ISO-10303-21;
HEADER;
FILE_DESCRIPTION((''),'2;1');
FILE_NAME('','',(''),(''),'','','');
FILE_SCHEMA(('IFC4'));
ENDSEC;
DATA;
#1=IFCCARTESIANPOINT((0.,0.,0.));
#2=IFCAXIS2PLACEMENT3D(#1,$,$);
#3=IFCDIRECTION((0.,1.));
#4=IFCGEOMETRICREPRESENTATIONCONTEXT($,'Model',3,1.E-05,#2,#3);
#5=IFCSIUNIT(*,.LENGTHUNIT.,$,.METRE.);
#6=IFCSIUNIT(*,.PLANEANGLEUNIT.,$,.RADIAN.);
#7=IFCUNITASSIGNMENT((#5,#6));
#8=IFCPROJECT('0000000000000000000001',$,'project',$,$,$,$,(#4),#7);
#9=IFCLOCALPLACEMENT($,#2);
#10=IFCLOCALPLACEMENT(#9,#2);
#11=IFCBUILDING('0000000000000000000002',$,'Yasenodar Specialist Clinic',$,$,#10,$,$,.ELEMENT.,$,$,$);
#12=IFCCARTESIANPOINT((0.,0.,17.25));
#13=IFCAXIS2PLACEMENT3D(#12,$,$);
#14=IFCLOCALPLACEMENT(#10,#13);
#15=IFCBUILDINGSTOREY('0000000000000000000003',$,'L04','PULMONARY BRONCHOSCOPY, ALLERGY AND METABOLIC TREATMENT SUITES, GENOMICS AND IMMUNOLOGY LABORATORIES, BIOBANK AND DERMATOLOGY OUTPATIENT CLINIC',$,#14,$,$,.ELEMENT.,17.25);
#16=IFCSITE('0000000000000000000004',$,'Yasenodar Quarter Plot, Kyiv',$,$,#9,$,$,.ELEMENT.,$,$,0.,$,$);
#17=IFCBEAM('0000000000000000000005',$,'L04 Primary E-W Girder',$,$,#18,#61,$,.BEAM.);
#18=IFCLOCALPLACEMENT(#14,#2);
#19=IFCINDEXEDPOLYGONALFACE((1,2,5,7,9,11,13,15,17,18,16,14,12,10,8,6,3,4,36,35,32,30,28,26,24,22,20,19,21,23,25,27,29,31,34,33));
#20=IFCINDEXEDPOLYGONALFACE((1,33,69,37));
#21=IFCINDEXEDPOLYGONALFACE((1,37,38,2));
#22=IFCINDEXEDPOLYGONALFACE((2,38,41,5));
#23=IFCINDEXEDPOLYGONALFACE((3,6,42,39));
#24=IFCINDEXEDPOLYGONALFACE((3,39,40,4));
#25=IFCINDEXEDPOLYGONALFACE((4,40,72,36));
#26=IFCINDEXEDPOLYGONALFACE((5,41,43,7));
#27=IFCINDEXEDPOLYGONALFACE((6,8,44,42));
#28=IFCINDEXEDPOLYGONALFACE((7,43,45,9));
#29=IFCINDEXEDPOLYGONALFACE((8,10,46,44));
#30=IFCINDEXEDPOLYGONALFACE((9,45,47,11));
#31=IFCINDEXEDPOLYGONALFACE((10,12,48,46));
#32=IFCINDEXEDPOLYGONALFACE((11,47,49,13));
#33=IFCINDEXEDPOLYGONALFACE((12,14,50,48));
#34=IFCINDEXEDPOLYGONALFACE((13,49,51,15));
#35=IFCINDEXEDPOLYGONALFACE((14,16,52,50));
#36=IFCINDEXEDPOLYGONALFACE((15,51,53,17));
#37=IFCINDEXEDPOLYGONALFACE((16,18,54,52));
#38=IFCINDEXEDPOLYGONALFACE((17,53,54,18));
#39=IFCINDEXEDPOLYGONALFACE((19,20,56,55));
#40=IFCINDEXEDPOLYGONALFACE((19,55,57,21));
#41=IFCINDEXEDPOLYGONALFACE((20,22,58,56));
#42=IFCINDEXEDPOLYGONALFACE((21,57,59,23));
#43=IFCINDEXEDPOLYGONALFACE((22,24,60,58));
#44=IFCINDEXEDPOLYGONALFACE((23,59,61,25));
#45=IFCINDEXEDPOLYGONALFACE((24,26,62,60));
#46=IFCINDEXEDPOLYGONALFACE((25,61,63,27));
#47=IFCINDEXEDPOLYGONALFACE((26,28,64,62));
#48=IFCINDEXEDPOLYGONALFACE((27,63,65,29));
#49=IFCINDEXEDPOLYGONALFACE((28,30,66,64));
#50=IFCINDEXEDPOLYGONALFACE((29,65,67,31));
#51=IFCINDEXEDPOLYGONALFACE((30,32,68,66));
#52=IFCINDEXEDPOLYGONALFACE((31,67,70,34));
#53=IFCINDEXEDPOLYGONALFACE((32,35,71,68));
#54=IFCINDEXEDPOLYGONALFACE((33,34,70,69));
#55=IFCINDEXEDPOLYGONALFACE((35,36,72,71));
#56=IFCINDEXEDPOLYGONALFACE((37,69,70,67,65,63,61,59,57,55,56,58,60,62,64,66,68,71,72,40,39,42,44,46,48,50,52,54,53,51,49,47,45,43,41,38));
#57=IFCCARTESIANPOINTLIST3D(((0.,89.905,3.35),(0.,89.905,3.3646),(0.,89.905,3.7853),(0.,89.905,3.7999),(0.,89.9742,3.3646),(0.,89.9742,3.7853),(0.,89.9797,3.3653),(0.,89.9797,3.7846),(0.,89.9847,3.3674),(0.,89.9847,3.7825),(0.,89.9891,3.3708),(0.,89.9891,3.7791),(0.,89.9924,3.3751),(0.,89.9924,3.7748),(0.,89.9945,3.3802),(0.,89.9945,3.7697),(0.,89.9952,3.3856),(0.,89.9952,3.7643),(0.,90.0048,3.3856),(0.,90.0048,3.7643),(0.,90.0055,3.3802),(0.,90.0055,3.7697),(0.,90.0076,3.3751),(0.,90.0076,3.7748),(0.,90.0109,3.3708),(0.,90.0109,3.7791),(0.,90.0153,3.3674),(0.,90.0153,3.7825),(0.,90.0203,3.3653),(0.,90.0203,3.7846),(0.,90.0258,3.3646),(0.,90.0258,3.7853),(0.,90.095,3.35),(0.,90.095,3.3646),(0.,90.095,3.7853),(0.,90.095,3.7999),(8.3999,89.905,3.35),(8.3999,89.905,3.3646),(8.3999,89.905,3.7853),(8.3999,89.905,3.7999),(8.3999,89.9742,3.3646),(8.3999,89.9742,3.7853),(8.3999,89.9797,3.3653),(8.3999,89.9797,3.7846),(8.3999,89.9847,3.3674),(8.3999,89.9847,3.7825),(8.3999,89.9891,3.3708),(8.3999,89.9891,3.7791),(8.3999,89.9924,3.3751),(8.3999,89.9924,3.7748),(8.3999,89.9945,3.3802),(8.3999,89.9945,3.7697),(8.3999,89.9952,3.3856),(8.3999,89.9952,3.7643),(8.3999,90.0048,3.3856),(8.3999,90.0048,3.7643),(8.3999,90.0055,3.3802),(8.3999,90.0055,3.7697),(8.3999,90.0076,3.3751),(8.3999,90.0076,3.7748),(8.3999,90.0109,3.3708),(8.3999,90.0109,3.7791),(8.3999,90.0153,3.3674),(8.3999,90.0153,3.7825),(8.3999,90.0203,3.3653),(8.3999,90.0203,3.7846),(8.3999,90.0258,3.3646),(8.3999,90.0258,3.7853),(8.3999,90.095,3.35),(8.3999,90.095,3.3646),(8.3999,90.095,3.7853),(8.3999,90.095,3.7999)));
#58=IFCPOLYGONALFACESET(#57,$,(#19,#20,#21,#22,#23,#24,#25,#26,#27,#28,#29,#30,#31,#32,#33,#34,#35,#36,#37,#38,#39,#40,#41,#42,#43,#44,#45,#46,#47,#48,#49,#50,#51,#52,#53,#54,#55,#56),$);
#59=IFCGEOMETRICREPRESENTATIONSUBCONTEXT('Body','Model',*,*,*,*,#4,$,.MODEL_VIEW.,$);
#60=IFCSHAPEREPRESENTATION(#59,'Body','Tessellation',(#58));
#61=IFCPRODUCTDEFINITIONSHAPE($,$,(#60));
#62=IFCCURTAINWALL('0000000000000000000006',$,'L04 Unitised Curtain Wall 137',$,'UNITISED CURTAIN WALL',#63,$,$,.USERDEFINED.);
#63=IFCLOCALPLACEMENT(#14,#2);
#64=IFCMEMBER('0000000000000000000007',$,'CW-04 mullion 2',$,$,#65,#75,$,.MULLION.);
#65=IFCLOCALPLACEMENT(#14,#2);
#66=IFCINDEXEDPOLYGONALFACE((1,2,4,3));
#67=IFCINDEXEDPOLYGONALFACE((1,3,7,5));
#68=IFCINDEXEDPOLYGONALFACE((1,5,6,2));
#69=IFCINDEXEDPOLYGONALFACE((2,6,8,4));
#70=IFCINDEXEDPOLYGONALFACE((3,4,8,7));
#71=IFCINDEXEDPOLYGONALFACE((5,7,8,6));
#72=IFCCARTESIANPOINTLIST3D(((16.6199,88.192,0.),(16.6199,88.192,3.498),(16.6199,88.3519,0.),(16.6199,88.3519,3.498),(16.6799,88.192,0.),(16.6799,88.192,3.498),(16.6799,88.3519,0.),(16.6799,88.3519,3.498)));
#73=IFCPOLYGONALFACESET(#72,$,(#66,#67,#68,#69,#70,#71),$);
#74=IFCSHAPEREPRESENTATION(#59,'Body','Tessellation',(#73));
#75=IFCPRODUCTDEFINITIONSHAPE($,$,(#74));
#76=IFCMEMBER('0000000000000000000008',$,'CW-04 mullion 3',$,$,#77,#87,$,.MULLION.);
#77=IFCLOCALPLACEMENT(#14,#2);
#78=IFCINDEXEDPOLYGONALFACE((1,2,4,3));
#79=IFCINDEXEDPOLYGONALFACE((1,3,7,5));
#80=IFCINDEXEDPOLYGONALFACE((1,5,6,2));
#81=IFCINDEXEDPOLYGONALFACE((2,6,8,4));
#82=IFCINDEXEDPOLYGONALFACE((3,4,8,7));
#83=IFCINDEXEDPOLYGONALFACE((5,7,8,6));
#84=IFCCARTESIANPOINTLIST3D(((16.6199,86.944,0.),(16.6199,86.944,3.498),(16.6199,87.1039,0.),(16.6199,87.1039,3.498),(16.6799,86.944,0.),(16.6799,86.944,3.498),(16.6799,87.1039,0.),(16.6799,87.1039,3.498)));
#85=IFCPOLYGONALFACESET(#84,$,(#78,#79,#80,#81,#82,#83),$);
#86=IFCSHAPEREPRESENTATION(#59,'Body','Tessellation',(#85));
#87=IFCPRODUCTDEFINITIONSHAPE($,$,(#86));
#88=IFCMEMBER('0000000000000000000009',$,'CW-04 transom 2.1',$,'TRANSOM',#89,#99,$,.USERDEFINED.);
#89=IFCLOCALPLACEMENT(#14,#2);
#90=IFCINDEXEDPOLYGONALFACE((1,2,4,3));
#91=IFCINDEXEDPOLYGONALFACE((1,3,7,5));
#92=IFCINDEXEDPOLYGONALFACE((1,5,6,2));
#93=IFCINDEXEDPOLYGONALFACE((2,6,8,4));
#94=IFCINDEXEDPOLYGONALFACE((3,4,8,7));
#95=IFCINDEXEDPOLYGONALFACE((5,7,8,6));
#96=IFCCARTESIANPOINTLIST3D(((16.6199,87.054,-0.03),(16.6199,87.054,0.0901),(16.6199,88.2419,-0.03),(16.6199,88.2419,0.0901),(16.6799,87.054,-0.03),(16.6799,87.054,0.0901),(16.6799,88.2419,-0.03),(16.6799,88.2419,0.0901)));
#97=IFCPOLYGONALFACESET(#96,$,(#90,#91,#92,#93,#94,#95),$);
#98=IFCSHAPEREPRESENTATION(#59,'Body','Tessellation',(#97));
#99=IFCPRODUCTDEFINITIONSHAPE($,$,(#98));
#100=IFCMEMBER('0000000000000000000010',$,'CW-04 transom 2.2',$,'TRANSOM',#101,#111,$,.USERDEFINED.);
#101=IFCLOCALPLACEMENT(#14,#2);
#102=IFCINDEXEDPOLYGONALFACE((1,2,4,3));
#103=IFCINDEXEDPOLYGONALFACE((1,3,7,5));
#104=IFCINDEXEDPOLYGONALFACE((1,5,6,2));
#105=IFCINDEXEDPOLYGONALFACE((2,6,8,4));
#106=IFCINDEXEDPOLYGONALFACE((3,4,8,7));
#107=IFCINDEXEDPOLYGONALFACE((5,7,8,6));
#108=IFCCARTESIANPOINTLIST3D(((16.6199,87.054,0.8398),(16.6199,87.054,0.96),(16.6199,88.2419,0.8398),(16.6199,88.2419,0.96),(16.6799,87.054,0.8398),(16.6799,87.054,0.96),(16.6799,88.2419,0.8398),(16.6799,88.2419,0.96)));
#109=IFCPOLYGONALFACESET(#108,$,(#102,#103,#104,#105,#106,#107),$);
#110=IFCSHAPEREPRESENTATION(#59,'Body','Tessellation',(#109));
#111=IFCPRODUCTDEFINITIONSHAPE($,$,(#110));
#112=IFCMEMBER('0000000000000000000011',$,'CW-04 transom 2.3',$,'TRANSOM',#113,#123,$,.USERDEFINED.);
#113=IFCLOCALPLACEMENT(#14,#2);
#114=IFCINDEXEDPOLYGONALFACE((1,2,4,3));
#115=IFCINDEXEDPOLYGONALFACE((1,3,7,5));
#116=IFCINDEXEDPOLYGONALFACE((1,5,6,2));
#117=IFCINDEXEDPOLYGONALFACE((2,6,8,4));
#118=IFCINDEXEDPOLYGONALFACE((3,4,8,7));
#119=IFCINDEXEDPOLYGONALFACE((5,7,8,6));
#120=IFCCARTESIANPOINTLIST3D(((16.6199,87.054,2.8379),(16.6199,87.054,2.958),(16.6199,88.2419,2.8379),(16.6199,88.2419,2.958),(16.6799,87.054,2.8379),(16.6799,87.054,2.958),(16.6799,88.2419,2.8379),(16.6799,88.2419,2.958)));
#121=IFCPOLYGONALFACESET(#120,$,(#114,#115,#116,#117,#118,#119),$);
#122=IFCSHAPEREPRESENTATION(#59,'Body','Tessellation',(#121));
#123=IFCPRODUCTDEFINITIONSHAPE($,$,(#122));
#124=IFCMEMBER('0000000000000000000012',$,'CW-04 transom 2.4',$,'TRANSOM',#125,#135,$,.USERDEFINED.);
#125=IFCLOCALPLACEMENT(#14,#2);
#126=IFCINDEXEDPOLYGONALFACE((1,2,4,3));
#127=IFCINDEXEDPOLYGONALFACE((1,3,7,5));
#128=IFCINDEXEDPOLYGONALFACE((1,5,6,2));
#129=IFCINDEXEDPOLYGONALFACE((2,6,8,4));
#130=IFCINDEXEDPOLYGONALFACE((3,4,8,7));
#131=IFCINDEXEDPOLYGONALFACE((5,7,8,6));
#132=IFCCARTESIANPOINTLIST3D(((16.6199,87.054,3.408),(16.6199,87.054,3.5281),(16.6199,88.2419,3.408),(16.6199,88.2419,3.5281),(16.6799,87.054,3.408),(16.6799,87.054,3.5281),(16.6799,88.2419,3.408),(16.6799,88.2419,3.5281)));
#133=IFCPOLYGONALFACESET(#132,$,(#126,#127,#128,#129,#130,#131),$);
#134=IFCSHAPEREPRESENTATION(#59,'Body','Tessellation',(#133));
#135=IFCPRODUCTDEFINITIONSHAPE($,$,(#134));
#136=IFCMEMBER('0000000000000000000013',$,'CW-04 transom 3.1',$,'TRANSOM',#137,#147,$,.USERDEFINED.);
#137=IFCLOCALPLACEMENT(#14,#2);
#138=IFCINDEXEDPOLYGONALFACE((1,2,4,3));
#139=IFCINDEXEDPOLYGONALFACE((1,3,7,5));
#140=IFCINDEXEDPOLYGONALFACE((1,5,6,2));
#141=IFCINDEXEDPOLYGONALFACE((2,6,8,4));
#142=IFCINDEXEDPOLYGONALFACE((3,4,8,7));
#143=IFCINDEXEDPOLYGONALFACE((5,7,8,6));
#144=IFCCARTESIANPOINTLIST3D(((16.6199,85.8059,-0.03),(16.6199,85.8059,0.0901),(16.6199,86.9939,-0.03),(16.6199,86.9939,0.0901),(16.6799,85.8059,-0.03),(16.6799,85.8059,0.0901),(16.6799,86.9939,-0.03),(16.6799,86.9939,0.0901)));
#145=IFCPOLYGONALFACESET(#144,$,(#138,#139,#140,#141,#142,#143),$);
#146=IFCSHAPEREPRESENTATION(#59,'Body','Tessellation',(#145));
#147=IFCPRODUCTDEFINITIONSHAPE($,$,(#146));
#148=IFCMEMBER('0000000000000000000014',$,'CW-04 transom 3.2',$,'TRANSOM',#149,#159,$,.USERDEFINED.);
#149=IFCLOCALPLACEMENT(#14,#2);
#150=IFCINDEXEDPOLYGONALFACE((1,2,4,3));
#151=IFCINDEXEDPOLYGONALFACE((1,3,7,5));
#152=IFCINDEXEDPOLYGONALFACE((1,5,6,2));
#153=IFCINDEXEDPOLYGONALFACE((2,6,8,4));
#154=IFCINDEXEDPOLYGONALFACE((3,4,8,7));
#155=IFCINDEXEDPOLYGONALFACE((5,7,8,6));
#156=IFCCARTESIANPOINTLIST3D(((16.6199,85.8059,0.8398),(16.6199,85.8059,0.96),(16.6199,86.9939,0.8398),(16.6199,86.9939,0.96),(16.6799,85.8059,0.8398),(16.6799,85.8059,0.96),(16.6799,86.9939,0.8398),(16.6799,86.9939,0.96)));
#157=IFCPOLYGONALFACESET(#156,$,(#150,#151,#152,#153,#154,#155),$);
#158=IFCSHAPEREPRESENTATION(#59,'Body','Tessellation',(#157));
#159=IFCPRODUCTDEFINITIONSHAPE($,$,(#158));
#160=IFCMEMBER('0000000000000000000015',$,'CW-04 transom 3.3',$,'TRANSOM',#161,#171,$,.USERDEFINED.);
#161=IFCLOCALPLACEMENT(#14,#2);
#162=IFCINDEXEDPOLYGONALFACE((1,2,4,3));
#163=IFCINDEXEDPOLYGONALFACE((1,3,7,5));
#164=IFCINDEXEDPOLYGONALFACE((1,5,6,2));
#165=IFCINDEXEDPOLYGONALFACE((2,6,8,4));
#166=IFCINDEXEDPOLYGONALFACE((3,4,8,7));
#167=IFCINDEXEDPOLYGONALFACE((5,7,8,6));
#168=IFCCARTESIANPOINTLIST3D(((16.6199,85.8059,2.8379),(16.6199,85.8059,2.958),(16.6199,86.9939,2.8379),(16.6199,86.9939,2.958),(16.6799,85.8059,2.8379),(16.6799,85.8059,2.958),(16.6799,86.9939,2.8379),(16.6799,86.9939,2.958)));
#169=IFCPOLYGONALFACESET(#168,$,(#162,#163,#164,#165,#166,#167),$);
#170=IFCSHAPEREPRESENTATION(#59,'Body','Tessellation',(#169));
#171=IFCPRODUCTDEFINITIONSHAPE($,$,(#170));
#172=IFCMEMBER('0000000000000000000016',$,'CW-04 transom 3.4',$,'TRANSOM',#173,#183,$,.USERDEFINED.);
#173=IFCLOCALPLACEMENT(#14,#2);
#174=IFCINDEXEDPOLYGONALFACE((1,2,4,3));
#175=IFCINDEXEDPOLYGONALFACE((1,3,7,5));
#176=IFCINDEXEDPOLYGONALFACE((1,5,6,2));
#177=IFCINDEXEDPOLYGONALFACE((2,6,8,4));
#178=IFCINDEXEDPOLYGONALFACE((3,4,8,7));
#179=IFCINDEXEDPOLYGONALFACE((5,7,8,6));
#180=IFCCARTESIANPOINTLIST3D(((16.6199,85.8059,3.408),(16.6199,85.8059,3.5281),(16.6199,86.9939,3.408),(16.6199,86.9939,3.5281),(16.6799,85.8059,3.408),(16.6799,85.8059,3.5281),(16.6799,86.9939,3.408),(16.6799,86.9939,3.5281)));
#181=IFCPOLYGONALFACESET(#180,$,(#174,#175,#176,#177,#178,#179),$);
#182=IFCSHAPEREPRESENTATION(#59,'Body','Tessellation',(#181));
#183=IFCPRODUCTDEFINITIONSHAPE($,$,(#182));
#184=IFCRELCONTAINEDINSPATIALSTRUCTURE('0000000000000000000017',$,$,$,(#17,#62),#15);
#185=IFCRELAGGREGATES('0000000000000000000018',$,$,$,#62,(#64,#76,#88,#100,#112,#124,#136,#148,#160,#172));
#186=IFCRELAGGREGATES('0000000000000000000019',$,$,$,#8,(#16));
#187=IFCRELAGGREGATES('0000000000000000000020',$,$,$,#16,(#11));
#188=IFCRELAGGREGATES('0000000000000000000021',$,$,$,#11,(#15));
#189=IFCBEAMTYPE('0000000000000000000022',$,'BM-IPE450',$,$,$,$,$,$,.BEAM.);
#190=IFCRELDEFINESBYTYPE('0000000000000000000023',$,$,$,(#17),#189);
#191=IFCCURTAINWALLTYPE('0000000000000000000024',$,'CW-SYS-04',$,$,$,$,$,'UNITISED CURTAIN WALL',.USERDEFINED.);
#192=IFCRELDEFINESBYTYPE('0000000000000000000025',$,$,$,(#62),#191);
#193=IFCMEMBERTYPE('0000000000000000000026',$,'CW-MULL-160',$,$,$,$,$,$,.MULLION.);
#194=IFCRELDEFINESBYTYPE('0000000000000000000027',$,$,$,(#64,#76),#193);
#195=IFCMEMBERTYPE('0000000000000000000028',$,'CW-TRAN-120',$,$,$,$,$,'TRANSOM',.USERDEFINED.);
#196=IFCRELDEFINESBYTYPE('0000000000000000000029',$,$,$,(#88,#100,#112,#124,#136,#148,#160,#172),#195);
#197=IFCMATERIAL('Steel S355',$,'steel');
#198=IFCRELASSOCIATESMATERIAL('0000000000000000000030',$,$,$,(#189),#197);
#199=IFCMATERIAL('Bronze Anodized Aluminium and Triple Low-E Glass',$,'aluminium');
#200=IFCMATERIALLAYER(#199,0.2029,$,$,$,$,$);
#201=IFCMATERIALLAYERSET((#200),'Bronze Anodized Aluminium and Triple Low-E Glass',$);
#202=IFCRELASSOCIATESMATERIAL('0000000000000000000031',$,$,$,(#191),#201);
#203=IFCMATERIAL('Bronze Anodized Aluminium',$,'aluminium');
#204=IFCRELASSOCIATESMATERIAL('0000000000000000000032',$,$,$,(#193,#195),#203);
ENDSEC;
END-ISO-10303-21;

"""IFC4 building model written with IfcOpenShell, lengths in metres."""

from ifc_helpers import new_model, si_unit, direction, frame, origin, origin_2d, place, context, subcontext, project, spatial, rectangle, i_section, extrude, material, layer, layer_set, material_profile, profile_set, type_object, element, aggregate, save


model = new_model("IFC4")

# Units and contexts
model_context = context("Model", 3, precision=1e-05, world=origin(), true_north=direction((0.0, 1.0)))
body_context = subcontext(model_context, "Body", "Model", "MODEL_VIEW")
ifc_project = project(units=[si_unit("LENGTHUNIT", "METRE"), si_unit("PLANEANGLEUNIT", "RADIAN")], contexts=[model_context])

# Site, building, storey
site_placement = place(None, origin())
site = spatial("IfcSite", under=ifc_project, at=site_placement, Name="Yasenodar Quarter Plot, Kyiv", CompositionType="ELEMENT", RefElevation=0.0)
building_placement = place(site_placement, origin())
building = spatial("IfcBuilding", under=site, at=building_placement, Name="Yasenodar Specialist Clinic", CompositionType="ELEMENT")
storey_placement = place(building_placement, frame((0.0, 0.0, 17.25)))
storey = spatial("IfcBuildingStorey", under=building, at=storey_placement, Name="L04", Description="PULMONARY BRONCHOSCOPY, ALLERGY AND METABOLIC TREATMENT SUITES, GENOMICS AND IMMUNOLOGY LABORATORIES, BIOBANK AND DERMATOLOGY OUTPATIENT CLINIC", CompositionType="ELEMENT", Elevation=17.25)

# Shared definitions
ifc_material_1 = material(Name="Steel S355", Category="steel")

# Beam
ifc_material_profile_1 = material_profile(ifc_material_1, i_section(OverallWidth=0.1899, OverallDepth=0.45, WebThickness=0.0095, FlangeThickness=0.0146, FilletRadius=0.021, at=origin_2d()), Name="IPE 450")
ifc_profile_set_1 = profile_set([ifc_material_profile_1], Name="Steel S355")
beam_type_1 = type_object("IfcBeamType", Name="BM-IPE450", PredefinedType="BEAM", material=ifc_profile_set_1)
beam_1_placement = place(storey_placement, frame((0.0, 90.0, 3.575), z_axis=(1.0, 0.0, 0.0), x_axis=(0.0, 1.0, 0.0)))
element("IfcBeam", 1, at=beam_1_placement, inside=storey, type_object=beam_type_1, Name="L04 Primary E-W Girder", PredefinedType="BEAM", context=body_context, shape_type="SweptSolid", body=[
    extrude(i_section(OverallWidth=0.1899, OverallDepth=0.45, WebThickness=0.0095, FlangeThickness=0.0146, FilletRadius=0.021, at=origin_2d()), origin(), (0.0, 0.0, 1.0), 8.3999),
])

# Curtain wall, members
ifc_material_2 = material(Name="Bronze Anodized Aluminium and Triple Low-E Glass", Category="aluminium")
ifc_layer_1 = layer(ifc_material_2, 0.2029)
ifc_layer_set_1 = layer_set([ifc_layer_1], Name="Bronze Anodized Aluminium and Triple Low-E Glass")
curtain_wall_type = type_object("IfcCurtainWallType", Name="CW-SYS-04", ElementType="UNITISED CURTAIN WALL", PredefinedType="USERDEFINED", material=ifc_layer_set_1)
curtain_wall_placement = place(storey_placement, origin())
curtain_wall = element("IfcCurtainWall", 2, at=curtain_wall_placement, inside=storey, type_object=curtain_wall_type, Name="L04 Unitised Curtain Wall 137", ObjectType="UNITISED CURTAIN WALL", PredefinedType="USERDEFINED")
ifc_material_3 = material(Name="Bronze Anodized Aluminium", Category="aluminium")
ifc_material_profile_2 = material_profile(ifc_material_3, rectangle(XDim=0.0601, YDim=0.1599, at=origin_2d()), Name="CW-MULL 60x160")
ifc_profile_set_2 = profile_set([ifc_material_profile_2], Name="Bronze Anodized Aluminium")
member_type_1 = type_object("IfcMemberType", Name="CW-MULL-160", PredefinedType="MULLION", material=ifc_profile_set_2)
member_1_placement = place(storey_placement, frame((16.6499, 88.272, 0.0), z_axis=(0.0, 0.0, 1.0), x_axis=(1.0, 0.0, 0.0)))
member_1 = element("IfcMember", 3, at=member_1_placement, type_object=member_type_1, Name="CW-04 mullion 2", PredefinedType="MULLION", context=body_context, shape_type="SweptSolid", body=[
    extrude(rectangle(XDim=0.0601, YDim=0.1599, at=origin_2d()), origin(), (0.0, 0.0, 1.0), 3.498),
])
member_2_placement = place(storey_placement, frame((16.6499, 87.0239, 0.0), z_axis=(0.0, 0.0, 1.0), x_axis=(1.0, 0.0, 0.0)))
member_2 = element("IfcMember", 4, at=member_2_placement, type_object=member_type_1, Name="CW-04 mullion 3", PredefinedType="MULLION", context=body_context, shape_type="SweptSolid", body=[
    extrude(rectangle(XDim=0.0601, YDim=0.1599, at=origin_2d()), origin(), (0.0, 0.0, 1.0), 3.498),
])
ifc_material_profile_3 = material_profile(ifc_material_3, rectangle(XDim=0.0601, YDim=0.1201, at=origin_2d()), Name="CW-TRAN 60x120")
ifc_profile_set_3 = profile_set([ifc_material_profile_3], Name="Bronze Anodized Aluminium")
member_type_2 = type_object("IfcMemberType", Name="CW-TRAN-120", ElementType="TRANSOM", PredefinedType="USERDEFINED", material=ifc_profile_set_3)
member_3_placement = place(storey_placement, frame((16.6499, 88.2419, 0.03), z_axis=(0.0, -1.0, 0.0), x_axis=(1.0, 0.0, 0.0)))
member_3 = element("IfcMember", 5, at=member_3_placement, type_object=member_type_2, Name="CW-04 transom 2.1", ObjectType="TRANSOM", PredefinedType="USERDEFINED", context=body_context, shape_type="SweptSolid", body=[
    extrude(rectangle(XDim=0.0601, YDim=0.1201, at=origin_2d()), origin(), (0.0, 0.0, 1.0), 1.188),
])
member_4_placement = place(storey_placement, frame((16.6499, 88.2419, 0.8999), z_axis=(0.0, -1.0, 0.0), x_axis=(1.0, 0.0, 0.0)))
member_4 = element("IfcMember", 6, at=member_4_placement, type_object=member_type_2, Name="CW-04 transom 2.2", ObjectType="TRANSOM", PredefinedType="USERDEFINED", context=body_context, shape_type="SweptSolid", body=[
    extrude(rectangle(XDim=0.0601, YDim=0.1201, at=origin_2d()), origin(), (0.0, 0.0, 1.0), 1.188),
])
member_5_placement = place(storey_placement, frame((16.6499, 88.2419, 2.8979), z_axis=(0.0, -1.0, 0.0), x_axis=(1.0, 0.0, 0.0)))
member_5 = element("IfcMember", 7, at=member_5_placement, type_object=member_type_2, Name="CW-04 transom 2.3", ObjectType="TRANSOM", PredefinedType="USERDEFINED", context=body_context, shape_type="SweptSolid", body=[
    extrude(rectangle(XDim=0.0601, YDim=0.1201, at=origin_2d()), origin(), (0.0, 0.0, 1.0), 1.188),
])
member_6_placement = place(storey_placement, frame((16.6499, 88.2419, 3.468), z_axis=(0.0, -1.0, 0.0), x_axis=(1.0, 0.0, 0.0)))
member_6 = element("IfcMember", 8, at=member_6_placement, type_object=member_type_2, Name="CW-04 transom 2.4", ObjectType="TRANSOM", PredefinedType="USERDEFINED", context=body_context, shape_type="SweptSolid", body=[
    extrude(rectangle(XDim=0.0601, YDim=0.1201, at=origin_2d()), origin(), (0.0, 0.0, 1.0), 1.188),
])
member_7_placement = place(storey_placement, frame((16.6499, 86.9939, 0.03), z_axis=(0.0, -1.0, 0.0), x_axis=(1.0, 0.0, 0.0)))
member_7 = element("IfcMember", 9, at=member_7_placement, type_object=member_type_2, Name="CW-04 transom 3.1", ObjectType="TRANSOM", PredefinedType="USERDEFINED", context=body_context, shape_type="SweptSolid", body=[
    extrude(rectangle(XDim=0.0601, YDim=0.1201, at=origin_2d()), origin(), (0.0, 0.0, 1.0), 1.188),
])
member_8_placement = place(storey_placement, frame((16.6499, 86.9939, 0.8999), z_axis=(0.0, -1.0, 0.0), x_axis=(1.0, 0.0, 0.0)))
member_8 = element("IfcMember", 10, at=member_8_placement, type_object=member_type_2, Name="CW-04 transom 3.2", ObjectType="TRANSOM", PredefinedType="USERDEFINED", context=body_context, shape_type="SweptSolid", body=[
    extrude(rectangle(XDim=0.0601, YDim=0.1201, at=origin_2d()), origin(), (0.0, 0.0, 1.0), 1.188),
])
member_9_placement = place(storey_placement, frame((16.6499, 86.9939, 2.8979), z_axis=(0.0, -1.0, 0.0), x_axis=(1.0, 0.0, 0.0)))
member_9 = element("IfcMember", 11, at=member_9_placement, type_object=member_type_2, Name="CW-04 transom 3.3", ObjectType="TRANSOM", PredefinedType="USERDEFINED", context=body_context, shape_type="SweptSolid", body=[
    extrude(rectangle(XDim=0.0601, YDim=0.1201, at=origin_2d()), origin(), (0.0, 0.0, 1.0), 1.188),
])
member_10_placement = place(storey_placement, frame((16.6499, 86.9939, 3.468), z_axis=(0.0, -1.0, 0.0), x_axis=(1.0, 0.0, 0.0)))
member_10 = element("IfcMember", 12, at=member_10_placement, type_object=member_type_2, Name="CW-04 transom 3.4", ObjectType="TRANSOM", PredefinedType="USERDEFINED", context=body_context, shape_type="SweptSolid", body=[
    extrude(rectangle(XDim=0.0601, YDim=0.1201, at=origin_2d()), origin(), (0.0, 0.0, 1.0), 1.188),
])

aggregate(curtain_wall, [member_1, member_2, member_3, member_4, member_5, member_6, member_7, member_8, member_9, member_10])

save(model, "model.ifc")
